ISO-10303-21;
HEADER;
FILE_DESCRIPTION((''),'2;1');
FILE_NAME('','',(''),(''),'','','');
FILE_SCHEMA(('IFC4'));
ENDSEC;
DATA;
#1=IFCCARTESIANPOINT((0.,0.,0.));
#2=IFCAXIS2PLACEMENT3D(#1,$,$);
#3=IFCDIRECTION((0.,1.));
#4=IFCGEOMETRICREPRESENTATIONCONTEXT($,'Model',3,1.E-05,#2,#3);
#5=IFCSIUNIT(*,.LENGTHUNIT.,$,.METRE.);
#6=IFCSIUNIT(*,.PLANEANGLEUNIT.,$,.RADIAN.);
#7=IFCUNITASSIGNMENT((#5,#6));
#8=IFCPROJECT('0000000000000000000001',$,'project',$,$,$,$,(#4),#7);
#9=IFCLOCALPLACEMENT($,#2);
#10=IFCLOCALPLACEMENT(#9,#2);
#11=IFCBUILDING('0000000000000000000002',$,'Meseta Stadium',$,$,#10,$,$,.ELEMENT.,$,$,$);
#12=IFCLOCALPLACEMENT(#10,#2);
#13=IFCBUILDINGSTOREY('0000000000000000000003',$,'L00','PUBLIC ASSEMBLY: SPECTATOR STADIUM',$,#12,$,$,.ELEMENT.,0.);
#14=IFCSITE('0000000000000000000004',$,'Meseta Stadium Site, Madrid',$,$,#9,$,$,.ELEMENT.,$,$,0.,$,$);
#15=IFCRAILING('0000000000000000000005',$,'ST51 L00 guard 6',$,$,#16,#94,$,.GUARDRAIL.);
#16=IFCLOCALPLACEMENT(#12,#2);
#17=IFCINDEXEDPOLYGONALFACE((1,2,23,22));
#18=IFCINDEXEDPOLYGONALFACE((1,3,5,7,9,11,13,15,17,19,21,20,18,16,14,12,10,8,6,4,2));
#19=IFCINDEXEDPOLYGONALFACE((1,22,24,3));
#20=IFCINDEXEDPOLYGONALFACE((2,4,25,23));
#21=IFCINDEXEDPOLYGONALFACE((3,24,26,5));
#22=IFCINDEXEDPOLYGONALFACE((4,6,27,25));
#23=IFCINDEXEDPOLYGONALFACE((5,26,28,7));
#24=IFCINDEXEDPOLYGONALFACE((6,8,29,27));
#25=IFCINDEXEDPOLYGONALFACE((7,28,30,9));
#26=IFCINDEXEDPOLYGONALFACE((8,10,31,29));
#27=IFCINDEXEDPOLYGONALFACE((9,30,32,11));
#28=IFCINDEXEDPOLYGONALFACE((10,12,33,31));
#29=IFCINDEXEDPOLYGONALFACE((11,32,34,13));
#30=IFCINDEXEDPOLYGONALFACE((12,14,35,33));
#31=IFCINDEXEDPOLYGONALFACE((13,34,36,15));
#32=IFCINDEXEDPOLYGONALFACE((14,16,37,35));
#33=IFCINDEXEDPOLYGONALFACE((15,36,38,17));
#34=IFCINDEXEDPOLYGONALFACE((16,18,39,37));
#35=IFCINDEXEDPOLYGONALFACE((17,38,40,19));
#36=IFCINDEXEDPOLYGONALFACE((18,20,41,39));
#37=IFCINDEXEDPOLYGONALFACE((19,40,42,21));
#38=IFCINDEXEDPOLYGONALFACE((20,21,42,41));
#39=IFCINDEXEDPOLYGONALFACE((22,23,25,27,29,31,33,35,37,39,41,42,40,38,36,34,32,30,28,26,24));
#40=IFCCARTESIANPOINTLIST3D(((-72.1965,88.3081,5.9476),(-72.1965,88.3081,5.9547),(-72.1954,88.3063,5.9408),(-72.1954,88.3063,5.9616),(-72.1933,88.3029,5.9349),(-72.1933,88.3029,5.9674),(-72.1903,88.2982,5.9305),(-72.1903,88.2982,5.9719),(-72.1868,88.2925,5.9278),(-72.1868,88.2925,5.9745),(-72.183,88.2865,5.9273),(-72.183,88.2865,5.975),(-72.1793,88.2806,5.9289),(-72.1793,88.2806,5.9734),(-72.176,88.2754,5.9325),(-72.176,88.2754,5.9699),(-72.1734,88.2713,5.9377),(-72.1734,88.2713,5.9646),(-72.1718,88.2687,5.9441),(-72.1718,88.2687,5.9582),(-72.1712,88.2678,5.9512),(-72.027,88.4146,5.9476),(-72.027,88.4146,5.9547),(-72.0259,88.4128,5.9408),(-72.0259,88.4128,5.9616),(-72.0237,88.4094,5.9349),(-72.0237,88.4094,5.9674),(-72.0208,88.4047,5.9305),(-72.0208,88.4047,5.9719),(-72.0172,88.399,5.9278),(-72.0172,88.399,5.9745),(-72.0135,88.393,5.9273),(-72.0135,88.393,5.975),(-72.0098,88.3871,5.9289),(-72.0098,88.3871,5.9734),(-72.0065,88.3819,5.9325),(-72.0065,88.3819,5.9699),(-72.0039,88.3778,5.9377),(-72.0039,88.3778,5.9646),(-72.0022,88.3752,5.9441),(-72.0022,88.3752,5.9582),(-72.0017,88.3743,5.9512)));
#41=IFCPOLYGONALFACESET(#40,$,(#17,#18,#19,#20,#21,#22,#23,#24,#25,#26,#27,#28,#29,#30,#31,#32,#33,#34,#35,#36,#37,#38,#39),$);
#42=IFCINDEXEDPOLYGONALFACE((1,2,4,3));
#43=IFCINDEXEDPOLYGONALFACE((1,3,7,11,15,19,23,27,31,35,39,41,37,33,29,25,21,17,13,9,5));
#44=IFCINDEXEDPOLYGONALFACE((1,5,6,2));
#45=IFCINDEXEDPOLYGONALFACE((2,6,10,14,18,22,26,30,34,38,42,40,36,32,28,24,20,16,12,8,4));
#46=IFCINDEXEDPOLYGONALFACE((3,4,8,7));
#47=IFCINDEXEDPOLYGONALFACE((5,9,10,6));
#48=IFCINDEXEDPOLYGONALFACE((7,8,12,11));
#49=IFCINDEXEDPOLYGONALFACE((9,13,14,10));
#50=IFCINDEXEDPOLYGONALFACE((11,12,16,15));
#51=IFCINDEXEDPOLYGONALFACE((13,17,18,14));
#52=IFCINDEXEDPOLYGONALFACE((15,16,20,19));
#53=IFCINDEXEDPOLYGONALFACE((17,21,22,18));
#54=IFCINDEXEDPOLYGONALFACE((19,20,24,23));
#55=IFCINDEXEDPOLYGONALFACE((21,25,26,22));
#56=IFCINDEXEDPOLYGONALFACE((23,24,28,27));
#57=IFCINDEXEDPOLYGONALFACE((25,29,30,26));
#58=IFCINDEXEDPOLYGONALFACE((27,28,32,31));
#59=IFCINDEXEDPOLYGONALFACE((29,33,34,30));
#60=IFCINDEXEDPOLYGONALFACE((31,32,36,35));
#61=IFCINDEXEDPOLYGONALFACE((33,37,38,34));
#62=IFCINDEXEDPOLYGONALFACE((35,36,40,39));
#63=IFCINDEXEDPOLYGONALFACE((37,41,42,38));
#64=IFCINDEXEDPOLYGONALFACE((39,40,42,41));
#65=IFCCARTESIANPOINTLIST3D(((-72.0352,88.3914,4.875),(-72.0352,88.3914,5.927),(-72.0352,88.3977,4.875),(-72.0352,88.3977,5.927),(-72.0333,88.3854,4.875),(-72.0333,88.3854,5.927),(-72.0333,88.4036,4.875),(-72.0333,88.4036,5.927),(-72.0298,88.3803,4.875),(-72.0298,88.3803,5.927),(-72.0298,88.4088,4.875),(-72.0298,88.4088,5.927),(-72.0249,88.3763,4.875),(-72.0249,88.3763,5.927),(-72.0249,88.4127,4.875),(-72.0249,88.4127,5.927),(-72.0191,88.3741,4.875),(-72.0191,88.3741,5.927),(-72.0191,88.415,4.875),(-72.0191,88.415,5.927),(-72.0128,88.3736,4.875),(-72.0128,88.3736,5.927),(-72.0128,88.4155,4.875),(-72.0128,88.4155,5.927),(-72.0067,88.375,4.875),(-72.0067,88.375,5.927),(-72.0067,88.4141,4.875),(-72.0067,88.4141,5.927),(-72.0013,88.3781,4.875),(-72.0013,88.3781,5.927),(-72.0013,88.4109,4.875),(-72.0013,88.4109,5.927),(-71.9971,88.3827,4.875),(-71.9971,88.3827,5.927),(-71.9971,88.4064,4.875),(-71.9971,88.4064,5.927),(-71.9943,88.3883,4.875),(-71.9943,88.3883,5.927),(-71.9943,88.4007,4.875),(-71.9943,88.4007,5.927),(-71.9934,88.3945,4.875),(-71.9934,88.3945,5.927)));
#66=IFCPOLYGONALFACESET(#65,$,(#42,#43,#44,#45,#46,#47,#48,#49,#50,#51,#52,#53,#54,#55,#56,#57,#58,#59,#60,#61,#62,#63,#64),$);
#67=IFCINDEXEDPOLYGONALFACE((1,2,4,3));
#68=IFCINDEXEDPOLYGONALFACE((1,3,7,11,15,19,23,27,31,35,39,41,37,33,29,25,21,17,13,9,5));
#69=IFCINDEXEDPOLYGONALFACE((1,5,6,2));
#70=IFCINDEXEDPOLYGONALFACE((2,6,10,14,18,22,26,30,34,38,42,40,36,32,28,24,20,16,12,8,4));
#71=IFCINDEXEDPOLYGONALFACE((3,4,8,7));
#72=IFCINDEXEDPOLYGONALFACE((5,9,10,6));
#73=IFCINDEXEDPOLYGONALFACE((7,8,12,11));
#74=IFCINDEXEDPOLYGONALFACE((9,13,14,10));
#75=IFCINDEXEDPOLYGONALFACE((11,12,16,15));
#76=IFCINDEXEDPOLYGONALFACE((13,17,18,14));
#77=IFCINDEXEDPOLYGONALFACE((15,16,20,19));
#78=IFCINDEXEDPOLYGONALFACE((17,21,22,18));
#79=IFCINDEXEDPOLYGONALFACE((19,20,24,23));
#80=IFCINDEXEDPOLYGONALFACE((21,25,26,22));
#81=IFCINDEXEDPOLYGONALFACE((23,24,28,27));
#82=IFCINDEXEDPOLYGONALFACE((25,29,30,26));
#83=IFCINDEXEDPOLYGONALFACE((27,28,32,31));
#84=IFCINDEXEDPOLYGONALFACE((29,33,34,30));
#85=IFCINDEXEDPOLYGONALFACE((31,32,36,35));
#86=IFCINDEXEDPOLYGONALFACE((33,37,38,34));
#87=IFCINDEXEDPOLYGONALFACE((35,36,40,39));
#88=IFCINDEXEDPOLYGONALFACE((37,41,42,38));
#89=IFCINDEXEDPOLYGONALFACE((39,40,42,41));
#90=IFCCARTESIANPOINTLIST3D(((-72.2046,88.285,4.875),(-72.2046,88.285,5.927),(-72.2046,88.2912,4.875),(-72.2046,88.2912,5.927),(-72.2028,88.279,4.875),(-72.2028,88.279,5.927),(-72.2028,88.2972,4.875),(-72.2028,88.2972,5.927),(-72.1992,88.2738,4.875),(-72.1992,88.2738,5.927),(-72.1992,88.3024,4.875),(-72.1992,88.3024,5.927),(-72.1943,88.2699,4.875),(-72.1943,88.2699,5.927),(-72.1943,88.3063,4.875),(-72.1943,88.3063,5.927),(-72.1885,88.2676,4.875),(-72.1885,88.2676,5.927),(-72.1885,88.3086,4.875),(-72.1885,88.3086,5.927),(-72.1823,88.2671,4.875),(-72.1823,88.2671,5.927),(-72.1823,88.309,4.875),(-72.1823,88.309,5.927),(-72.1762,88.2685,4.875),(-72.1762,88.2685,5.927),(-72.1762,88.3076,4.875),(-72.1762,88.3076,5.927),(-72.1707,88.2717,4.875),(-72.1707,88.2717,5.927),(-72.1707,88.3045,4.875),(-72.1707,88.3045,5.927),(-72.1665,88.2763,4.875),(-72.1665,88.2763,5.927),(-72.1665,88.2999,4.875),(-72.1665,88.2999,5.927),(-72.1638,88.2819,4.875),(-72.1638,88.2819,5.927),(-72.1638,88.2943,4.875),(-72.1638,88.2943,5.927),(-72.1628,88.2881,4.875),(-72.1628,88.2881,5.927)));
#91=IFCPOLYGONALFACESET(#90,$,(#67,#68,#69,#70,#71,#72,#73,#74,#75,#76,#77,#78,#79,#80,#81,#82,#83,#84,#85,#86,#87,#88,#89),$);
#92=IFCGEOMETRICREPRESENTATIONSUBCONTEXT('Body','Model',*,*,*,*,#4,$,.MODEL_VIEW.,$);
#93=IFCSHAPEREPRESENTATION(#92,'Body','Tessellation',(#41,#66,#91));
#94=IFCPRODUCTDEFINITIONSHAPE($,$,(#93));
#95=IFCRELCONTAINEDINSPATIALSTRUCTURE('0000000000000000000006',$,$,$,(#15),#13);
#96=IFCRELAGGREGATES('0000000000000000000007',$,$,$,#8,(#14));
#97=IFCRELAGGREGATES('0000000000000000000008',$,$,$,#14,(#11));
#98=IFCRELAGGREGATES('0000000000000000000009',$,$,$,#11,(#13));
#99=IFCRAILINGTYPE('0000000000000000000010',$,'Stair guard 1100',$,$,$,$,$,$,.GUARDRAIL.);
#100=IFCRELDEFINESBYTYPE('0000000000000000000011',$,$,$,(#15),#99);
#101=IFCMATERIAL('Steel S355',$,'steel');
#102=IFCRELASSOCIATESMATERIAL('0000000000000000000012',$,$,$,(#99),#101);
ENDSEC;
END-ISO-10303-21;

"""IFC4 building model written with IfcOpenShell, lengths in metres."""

from ifc_helpers import new_model, si_unit, direction, frame, origin, origin_2d, place, context, subcontext, project, spatial, circle, extrude, material, type_object, element, save


model = new_model("IFC4")

# Units and contexts
model_context = context("Model", 3, precision=1e-05, world=origin(), true_north=direction((0.0, 1.0)))
body_context = subcontext(model_context, "Body", "Model", "MODEL_VIEW")
ifc_project = project(units=[si_unit("LENGTHUNIT", "METRE"), si_unit("PLANEANGLEUNIT", "RADIAN")], contexts=[model_context])

# Site, building, storey
site_placement = place(None, origin())
site = spatial("IfcSite", under=ifc_project, at=site_placement, Name="Meseta Stadium Site, Madrid", CompositionType="ELEMENT", RefElevation=0.0)
building_placement = place(site_placement, origin())
building = spatial("IfcBuilding", under=site, at=building_placement, Name="Meseta Stadium", CompositionType="ELEMENT")
storey_placement = place(building_placement, origin())
storey = spatial("IfcBuildingStorey", under=building, at=storey_placement, Name="L00", Description="PUBLIC ASSEMBLY: SPECTATOR STADIUM", CompositionType="ELEMENT", Elevation=0.0)

# Railing
ifc_material_1 = material(Name="Steel S355", Category="steel")
railing_type_1 = type_object("IfcRailingType", Name="Stair guard 1100", PredefinedType="GUARDRAIL", material=ifc_material_1)
railing_1_placement = place(storey_placement, frame((-72.0144, 88.3945, 4.875)))
element("IfcRailing", 1, at=railing_1_placement, inside=storey, type_object=railing_type_1, Name="ST51 L00 guard 6", PredefinedType="GUARDRAIL", context=body_context, shape_type="SweptSolid", body=[
    extrude(circle(Radius=0.0239, at=origin_2d()), frame((0.0, 0.0, 1.0762), z_axis=(-0.846762, -0.531972, 0.0), x_axis=(0.531972, -0.846762, 0.0)), (0.0, 0.0, 1.0), 0.2002),
    extrude(circle(Radius=0.021, at=origin_2d()), origin(), (0.0, 0.0, 1.0), 1.052),
    extrude(circle(Radius=0.021, at=origin_2d()), frame((-0.1694, -0.1064, 0.0)), (0.0, 0.0, 1.0), 1.052),
])

save(model, "model.ifc")
